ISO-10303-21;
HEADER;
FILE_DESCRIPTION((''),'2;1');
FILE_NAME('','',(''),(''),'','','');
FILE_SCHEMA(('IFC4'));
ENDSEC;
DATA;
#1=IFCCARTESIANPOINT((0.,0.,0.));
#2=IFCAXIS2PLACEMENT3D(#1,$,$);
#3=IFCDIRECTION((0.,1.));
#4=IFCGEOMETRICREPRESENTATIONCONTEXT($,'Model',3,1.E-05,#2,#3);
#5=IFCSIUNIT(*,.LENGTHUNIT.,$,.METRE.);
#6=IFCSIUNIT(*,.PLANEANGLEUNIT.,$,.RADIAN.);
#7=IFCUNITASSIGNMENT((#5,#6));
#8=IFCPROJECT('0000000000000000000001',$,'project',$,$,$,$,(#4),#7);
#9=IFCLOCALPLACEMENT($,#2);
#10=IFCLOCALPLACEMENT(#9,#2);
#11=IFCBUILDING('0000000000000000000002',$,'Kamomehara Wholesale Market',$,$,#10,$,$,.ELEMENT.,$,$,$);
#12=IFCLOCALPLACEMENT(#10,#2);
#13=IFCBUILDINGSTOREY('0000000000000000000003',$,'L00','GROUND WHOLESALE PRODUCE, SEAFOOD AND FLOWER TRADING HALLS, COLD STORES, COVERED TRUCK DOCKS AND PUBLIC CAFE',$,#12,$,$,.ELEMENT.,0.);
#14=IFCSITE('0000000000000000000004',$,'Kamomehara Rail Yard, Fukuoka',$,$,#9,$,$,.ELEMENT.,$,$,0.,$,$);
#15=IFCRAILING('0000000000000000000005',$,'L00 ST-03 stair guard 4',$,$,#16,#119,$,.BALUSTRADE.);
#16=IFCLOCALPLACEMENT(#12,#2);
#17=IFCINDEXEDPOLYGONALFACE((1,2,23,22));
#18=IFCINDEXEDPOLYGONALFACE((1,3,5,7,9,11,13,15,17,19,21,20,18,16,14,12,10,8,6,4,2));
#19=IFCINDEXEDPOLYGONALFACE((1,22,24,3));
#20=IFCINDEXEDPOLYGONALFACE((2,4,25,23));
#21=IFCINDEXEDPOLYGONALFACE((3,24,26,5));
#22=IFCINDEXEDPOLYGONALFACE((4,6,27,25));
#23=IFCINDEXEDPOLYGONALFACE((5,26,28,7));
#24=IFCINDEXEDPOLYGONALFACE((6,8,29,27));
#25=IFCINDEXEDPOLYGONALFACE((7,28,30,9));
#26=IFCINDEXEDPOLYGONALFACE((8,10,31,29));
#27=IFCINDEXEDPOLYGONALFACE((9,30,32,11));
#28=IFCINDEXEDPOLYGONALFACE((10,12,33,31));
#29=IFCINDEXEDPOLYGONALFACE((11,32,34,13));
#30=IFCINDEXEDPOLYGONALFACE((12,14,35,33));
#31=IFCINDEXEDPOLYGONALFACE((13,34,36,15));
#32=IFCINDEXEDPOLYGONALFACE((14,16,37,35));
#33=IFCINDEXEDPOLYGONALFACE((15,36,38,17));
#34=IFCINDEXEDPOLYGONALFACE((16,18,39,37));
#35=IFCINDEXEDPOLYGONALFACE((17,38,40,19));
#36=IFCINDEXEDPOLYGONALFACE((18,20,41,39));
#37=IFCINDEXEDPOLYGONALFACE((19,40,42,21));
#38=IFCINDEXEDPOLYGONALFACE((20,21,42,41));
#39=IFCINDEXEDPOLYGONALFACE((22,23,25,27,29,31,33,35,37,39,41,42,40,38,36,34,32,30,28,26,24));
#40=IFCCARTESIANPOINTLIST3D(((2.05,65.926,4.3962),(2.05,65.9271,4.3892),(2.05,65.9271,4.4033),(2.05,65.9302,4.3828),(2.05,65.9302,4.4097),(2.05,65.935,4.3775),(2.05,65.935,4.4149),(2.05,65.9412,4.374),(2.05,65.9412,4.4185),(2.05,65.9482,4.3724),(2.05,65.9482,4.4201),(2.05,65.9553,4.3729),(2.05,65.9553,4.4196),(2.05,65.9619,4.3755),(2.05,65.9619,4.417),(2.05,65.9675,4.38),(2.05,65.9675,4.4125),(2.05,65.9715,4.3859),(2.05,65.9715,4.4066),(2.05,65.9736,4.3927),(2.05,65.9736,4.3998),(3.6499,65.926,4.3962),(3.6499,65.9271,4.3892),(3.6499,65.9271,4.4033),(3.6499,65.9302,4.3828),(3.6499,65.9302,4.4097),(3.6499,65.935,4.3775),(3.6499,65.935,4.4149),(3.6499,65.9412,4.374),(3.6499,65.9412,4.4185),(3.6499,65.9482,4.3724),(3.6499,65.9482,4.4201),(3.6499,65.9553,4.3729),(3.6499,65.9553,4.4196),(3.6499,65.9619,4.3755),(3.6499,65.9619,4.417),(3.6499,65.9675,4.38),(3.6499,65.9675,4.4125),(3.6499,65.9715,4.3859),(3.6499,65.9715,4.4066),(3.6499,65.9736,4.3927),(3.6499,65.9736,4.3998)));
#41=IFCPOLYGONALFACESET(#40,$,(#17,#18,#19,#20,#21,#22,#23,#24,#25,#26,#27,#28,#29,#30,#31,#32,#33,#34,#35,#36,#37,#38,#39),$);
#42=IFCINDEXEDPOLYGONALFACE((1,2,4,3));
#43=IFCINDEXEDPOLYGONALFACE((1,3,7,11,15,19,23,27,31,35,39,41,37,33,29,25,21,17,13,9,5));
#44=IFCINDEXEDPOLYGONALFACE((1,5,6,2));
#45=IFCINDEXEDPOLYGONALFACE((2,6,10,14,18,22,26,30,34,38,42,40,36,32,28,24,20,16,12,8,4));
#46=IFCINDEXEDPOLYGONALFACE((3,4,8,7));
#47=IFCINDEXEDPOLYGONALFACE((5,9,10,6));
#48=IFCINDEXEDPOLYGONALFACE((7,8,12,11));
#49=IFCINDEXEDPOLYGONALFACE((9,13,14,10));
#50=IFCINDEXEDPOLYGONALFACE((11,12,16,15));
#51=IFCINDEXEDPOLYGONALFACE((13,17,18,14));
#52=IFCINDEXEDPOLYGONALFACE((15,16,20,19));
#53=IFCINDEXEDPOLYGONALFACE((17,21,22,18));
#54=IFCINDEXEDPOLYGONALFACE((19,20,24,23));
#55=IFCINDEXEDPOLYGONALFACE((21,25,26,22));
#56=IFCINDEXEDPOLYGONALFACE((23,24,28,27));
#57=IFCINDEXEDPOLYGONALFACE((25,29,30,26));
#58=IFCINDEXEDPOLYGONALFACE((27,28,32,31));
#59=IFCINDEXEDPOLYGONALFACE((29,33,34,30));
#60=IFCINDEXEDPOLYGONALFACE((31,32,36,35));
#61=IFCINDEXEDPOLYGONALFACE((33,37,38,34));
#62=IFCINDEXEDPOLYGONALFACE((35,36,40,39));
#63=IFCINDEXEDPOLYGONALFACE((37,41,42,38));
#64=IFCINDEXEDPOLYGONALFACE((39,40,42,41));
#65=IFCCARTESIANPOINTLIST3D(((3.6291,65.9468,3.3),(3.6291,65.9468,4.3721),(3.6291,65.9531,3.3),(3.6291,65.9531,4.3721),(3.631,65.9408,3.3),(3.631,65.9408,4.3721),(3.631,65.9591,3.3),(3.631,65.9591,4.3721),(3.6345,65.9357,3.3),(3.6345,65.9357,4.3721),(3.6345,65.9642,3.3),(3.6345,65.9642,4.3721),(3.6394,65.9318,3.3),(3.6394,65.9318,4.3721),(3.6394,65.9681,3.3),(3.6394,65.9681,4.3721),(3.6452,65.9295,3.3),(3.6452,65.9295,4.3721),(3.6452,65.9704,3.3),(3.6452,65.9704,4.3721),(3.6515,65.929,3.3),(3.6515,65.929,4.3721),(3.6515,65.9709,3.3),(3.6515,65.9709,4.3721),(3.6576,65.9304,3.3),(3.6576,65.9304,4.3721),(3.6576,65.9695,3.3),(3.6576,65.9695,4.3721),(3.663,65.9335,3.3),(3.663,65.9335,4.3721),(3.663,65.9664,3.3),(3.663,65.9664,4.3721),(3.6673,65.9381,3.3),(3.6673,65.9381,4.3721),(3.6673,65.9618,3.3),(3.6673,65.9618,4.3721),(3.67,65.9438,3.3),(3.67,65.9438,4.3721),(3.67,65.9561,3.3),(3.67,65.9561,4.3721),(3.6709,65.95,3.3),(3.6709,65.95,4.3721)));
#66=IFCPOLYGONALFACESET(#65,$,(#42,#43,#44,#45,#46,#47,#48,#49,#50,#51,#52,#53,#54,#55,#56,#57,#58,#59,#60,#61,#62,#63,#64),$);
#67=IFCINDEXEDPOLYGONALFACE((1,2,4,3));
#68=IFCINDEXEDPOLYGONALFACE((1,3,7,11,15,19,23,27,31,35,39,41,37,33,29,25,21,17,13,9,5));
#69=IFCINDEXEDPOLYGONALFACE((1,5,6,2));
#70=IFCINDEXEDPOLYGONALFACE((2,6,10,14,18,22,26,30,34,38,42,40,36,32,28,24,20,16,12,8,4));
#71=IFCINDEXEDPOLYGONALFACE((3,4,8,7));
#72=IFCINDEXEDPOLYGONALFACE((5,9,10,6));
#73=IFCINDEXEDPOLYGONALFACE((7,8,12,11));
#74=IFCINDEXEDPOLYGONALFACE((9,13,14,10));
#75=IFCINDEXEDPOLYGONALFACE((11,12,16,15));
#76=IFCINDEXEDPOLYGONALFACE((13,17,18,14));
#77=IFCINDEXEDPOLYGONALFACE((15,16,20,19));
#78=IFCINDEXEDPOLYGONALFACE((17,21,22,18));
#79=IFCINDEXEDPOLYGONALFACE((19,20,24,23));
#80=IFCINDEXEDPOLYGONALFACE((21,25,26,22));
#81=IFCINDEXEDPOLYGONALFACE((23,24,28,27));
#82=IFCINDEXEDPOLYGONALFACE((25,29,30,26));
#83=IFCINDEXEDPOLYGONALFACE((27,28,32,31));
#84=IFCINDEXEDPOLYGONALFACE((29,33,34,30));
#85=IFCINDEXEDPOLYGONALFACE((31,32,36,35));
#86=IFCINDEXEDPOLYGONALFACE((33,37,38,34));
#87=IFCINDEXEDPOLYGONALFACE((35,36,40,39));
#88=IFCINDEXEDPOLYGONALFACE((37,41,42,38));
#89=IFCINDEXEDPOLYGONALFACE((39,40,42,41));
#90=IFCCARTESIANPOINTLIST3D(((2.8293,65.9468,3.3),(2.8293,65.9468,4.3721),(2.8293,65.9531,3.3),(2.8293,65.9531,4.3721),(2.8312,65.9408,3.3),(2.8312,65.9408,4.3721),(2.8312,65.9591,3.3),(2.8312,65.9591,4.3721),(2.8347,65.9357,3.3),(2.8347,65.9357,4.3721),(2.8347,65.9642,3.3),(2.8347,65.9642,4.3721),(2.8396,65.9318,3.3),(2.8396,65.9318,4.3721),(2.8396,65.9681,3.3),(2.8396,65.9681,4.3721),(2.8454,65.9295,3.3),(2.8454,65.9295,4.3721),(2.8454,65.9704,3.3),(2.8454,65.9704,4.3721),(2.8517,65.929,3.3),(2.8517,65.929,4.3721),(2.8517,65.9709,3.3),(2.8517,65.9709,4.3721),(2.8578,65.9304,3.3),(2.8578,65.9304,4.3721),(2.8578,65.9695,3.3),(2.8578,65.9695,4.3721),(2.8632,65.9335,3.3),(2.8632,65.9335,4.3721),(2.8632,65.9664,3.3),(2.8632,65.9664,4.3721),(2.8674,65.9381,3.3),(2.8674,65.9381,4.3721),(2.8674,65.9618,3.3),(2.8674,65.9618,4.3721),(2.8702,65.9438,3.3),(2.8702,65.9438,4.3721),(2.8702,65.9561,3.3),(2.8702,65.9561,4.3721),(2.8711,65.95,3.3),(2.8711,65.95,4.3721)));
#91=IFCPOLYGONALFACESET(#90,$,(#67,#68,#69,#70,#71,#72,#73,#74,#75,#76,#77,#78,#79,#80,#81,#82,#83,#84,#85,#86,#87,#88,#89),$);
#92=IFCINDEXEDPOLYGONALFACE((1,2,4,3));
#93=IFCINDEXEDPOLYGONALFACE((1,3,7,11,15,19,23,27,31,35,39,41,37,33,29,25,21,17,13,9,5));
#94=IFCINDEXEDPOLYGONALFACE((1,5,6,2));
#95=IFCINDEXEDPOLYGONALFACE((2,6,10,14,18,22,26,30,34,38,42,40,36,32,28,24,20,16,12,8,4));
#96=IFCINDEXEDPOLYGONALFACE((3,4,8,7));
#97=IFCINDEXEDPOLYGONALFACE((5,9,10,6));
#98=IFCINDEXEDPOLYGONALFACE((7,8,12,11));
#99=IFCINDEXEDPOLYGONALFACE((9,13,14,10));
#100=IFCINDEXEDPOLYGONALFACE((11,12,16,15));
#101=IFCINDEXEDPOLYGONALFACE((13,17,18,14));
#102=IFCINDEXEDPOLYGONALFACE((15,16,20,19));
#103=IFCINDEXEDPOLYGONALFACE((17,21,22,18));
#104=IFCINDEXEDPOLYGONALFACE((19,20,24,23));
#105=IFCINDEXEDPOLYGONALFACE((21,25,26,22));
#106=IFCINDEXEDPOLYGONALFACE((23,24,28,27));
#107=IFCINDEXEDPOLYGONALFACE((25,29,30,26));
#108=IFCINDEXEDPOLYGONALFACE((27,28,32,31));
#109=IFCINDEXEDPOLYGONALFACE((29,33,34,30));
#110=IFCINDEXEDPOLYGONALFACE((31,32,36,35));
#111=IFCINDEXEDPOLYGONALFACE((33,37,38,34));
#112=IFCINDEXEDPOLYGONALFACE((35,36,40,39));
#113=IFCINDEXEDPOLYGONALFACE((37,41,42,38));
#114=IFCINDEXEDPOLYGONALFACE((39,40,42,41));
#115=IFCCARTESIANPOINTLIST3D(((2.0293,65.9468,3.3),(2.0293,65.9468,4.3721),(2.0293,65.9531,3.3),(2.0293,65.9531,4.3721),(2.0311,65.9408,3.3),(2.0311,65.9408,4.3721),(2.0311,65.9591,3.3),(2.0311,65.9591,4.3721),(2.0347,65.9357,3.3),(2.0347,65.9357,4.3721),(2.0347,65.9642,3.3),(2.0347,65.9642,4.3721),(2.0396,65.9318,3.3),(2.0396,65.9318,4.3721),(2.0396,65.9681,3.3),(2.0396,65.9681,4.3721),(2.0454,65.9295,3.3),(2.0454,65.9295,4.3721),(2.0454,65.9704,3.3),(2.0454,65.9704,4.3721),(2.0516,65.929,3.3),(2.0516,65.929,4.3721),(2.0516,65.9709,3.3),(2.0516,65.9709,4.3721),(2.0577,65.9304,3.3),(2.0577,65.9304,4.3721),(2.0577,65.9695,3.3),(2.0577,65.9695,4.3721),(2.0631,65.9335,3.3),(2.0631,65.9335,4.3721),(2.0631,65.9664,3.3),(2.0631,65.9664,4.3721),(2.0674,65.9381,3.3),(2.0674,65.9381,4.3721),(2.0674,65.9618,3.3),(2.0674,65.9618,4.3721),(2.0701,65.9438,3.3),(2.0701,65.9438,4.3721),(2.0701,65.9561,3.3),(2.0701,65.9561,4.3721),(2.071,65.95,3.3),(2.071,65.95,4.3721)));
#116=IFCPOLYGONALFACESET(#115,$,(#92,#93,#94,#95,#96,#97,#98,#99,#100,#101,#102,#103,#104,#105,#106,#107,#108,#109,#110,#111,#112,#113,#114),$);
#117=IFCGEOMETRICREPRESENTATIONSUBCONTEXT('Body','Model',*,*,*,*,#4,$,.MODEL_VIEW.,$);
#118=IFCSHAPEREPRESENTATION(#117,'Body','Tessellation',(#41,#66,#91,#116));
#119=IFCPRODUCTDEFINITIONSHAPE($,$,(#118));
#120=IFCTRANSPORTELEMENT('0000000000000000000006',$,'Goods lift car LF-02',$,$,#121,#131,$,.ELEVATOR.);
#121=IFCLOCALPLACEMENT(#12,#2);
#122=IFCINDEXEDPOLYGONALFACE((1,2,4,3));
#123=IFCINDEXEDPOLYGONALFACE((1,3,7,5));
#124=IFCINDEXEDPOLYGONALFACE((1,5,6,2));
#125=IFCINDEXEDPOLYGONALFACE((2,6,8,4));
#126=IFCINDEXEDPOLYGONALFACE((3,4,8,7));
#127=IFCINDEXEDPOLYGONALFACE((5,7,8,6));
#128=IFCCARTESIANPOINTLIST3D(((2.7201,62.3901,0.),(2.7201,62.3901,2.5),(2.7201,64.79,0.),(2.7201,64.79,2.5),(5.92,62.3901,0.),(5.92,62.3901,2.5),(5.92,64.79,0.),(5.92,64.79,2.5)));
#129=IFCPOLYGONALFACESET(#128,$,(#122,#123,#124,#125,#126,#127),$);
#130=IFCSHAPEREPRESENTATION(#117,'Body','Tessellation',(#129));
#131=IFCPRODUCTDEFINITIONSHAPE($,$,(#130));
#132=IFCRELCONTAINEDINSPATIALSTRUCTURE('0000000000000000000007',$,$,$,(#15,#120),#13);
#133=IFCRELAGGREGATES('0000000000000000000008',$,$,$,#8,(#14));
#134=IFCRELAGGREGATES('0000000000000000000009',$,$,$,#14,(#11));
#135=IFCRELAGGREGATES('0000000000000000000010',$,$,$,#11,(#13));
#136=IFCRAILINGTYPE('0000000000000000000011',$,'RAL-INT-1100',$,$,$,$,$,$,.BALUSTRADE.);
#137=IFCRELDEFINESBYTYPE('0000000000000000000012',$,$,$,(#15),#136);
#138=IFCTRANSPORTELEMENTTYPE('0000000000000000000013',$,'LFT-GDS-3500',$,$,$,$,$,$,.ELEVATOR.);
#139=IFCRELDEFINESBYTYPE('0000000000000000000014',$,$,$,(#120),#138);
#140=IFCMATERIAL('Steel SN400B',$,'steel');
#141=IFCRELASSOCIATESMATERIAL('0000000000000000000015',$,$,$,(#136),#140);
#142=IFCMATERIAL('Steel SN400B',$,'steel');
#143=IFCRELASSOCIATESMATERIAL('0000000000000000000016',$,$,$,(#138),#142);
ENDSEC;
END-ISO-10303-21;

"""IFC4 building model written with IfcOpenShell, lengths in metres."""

from ifc_helpers import new_model, si_unit, direction, frame, origin, origin_2d, place, context, subcontext, project, spatial, rectangle, circle, extrude, material, type_object, element, save


model = new_model("IFC4")

# Units and contexts
model_context = context("Model", 3, precision=1e-05, world=origin(), true_north=direction((0.0, 1.0)))
body_context = subcontext(model_context, "Body", "Model", "MODEL_VIEW")
ifc_project = project(units=[si_unit("LENGTHUNIT", "METRE"), si_unit("PLANEANGLEUNIT", "RADIAN")], contexts=[model_context])

# Site, building, storey
site_placement = place(None, origin())
site = spatial("IfcSite", under=ifc_project, at=site_placement, Name="Kamomehara Rail Yard, Fukuoka", CompositionType="ELEMENT", RefElevation=0.0)
building_placement = place(site_placement, origin())
building = spatial("IfcBuilding", under=site, at=building_placement, Name="Kamomehara Wholesale Market", CompositionType="ELEMENT")
storey_placement = place(building_placement, origin())
storey = spatial("IfcBuildingStorey", under=building, at=storey_placement, Name="L00", Description="GROUND WHOLESALE PRODUCE, SEAFOOD AND FLOWER TRADING HALLS, COLD STORES, COVERED TRUCK DOCKS AND PUBLIC CAFE", CompositionType="ELEMENT", Elevation=0.0)

# Railing
ifc_material_1 = material(Name="Steel SN400B", Category="steel")
railing_type_1 = type_object("IfcRailingType", Name="RAL-INT-1100", PredefinedType="BALUSTRADE", material=ifc_material_1)
railing_1_placement = place(storey_placement, frame((3.6499, 65.95, 3.3)))
element("IfcRailing", 1, at=railing_1_placement, inside=storey, type_object=railing_type_1, Name="L00 ST-03 stair guard 4", PredefinedType="BALUSTRADE", context=body_context, shape_type="SweptSolid", body=[
    extrude(circle(Radius=0.0239, at=origin_2d()), frame((0.0, 0.0, 1.0962), z_axis=(-1.0, 0.0, 0.0), x_axis=(0.0, -1.0, 0.0)), (0.0, 0.0, 1.0), 1.5999),
    extrude(circle(Radius=0.021, at=origin_2d()), origin(), (0.0, 0.0, 1.0), 1.072),
    extrude(circle(Radius=0.021, at=origin_2d()), frame((-0.7998, 0.0, 0.0)), (0.0, 0.0, 1.0), 1.072),
    extrude(circle(Radius=0.021, at=origin_2d()), frame((-1.5999, 0.0, 0.0)), (0.0, 0.0, 1.0), 1.072),
])

# Transport element
ifc_material_2 = material(Name="Steel SN400B", Category="steel")
transport_element_type = type_object("IfcTransportElementType", Name="LFT-GDS-3500", PredefinedType="ELEVATOR", material=ifc_material_2)
transport_element_placement = place(storey_placement, frame((4.3201, 63.5901, 0.0), z_axis=(0.0, 0.0, 1.0), x_axis=(0.0, 1.0, 0.0)))
element("IfcTransportElement", 2, at=transport_element_placement, inside=storey, type_object=transport_element_type, Name="Goods lift car LF-02", PredefinedType="ELEVATOR", context=body_context, shape_type="SweptSolid", body=[
    extrude(rectangle(XDim=2.3999, YDim=3.2, at=origin_2d()), origin(), (0.0, 0.0, 1.0), 2.5),
])

save(model, "model.ifc")
